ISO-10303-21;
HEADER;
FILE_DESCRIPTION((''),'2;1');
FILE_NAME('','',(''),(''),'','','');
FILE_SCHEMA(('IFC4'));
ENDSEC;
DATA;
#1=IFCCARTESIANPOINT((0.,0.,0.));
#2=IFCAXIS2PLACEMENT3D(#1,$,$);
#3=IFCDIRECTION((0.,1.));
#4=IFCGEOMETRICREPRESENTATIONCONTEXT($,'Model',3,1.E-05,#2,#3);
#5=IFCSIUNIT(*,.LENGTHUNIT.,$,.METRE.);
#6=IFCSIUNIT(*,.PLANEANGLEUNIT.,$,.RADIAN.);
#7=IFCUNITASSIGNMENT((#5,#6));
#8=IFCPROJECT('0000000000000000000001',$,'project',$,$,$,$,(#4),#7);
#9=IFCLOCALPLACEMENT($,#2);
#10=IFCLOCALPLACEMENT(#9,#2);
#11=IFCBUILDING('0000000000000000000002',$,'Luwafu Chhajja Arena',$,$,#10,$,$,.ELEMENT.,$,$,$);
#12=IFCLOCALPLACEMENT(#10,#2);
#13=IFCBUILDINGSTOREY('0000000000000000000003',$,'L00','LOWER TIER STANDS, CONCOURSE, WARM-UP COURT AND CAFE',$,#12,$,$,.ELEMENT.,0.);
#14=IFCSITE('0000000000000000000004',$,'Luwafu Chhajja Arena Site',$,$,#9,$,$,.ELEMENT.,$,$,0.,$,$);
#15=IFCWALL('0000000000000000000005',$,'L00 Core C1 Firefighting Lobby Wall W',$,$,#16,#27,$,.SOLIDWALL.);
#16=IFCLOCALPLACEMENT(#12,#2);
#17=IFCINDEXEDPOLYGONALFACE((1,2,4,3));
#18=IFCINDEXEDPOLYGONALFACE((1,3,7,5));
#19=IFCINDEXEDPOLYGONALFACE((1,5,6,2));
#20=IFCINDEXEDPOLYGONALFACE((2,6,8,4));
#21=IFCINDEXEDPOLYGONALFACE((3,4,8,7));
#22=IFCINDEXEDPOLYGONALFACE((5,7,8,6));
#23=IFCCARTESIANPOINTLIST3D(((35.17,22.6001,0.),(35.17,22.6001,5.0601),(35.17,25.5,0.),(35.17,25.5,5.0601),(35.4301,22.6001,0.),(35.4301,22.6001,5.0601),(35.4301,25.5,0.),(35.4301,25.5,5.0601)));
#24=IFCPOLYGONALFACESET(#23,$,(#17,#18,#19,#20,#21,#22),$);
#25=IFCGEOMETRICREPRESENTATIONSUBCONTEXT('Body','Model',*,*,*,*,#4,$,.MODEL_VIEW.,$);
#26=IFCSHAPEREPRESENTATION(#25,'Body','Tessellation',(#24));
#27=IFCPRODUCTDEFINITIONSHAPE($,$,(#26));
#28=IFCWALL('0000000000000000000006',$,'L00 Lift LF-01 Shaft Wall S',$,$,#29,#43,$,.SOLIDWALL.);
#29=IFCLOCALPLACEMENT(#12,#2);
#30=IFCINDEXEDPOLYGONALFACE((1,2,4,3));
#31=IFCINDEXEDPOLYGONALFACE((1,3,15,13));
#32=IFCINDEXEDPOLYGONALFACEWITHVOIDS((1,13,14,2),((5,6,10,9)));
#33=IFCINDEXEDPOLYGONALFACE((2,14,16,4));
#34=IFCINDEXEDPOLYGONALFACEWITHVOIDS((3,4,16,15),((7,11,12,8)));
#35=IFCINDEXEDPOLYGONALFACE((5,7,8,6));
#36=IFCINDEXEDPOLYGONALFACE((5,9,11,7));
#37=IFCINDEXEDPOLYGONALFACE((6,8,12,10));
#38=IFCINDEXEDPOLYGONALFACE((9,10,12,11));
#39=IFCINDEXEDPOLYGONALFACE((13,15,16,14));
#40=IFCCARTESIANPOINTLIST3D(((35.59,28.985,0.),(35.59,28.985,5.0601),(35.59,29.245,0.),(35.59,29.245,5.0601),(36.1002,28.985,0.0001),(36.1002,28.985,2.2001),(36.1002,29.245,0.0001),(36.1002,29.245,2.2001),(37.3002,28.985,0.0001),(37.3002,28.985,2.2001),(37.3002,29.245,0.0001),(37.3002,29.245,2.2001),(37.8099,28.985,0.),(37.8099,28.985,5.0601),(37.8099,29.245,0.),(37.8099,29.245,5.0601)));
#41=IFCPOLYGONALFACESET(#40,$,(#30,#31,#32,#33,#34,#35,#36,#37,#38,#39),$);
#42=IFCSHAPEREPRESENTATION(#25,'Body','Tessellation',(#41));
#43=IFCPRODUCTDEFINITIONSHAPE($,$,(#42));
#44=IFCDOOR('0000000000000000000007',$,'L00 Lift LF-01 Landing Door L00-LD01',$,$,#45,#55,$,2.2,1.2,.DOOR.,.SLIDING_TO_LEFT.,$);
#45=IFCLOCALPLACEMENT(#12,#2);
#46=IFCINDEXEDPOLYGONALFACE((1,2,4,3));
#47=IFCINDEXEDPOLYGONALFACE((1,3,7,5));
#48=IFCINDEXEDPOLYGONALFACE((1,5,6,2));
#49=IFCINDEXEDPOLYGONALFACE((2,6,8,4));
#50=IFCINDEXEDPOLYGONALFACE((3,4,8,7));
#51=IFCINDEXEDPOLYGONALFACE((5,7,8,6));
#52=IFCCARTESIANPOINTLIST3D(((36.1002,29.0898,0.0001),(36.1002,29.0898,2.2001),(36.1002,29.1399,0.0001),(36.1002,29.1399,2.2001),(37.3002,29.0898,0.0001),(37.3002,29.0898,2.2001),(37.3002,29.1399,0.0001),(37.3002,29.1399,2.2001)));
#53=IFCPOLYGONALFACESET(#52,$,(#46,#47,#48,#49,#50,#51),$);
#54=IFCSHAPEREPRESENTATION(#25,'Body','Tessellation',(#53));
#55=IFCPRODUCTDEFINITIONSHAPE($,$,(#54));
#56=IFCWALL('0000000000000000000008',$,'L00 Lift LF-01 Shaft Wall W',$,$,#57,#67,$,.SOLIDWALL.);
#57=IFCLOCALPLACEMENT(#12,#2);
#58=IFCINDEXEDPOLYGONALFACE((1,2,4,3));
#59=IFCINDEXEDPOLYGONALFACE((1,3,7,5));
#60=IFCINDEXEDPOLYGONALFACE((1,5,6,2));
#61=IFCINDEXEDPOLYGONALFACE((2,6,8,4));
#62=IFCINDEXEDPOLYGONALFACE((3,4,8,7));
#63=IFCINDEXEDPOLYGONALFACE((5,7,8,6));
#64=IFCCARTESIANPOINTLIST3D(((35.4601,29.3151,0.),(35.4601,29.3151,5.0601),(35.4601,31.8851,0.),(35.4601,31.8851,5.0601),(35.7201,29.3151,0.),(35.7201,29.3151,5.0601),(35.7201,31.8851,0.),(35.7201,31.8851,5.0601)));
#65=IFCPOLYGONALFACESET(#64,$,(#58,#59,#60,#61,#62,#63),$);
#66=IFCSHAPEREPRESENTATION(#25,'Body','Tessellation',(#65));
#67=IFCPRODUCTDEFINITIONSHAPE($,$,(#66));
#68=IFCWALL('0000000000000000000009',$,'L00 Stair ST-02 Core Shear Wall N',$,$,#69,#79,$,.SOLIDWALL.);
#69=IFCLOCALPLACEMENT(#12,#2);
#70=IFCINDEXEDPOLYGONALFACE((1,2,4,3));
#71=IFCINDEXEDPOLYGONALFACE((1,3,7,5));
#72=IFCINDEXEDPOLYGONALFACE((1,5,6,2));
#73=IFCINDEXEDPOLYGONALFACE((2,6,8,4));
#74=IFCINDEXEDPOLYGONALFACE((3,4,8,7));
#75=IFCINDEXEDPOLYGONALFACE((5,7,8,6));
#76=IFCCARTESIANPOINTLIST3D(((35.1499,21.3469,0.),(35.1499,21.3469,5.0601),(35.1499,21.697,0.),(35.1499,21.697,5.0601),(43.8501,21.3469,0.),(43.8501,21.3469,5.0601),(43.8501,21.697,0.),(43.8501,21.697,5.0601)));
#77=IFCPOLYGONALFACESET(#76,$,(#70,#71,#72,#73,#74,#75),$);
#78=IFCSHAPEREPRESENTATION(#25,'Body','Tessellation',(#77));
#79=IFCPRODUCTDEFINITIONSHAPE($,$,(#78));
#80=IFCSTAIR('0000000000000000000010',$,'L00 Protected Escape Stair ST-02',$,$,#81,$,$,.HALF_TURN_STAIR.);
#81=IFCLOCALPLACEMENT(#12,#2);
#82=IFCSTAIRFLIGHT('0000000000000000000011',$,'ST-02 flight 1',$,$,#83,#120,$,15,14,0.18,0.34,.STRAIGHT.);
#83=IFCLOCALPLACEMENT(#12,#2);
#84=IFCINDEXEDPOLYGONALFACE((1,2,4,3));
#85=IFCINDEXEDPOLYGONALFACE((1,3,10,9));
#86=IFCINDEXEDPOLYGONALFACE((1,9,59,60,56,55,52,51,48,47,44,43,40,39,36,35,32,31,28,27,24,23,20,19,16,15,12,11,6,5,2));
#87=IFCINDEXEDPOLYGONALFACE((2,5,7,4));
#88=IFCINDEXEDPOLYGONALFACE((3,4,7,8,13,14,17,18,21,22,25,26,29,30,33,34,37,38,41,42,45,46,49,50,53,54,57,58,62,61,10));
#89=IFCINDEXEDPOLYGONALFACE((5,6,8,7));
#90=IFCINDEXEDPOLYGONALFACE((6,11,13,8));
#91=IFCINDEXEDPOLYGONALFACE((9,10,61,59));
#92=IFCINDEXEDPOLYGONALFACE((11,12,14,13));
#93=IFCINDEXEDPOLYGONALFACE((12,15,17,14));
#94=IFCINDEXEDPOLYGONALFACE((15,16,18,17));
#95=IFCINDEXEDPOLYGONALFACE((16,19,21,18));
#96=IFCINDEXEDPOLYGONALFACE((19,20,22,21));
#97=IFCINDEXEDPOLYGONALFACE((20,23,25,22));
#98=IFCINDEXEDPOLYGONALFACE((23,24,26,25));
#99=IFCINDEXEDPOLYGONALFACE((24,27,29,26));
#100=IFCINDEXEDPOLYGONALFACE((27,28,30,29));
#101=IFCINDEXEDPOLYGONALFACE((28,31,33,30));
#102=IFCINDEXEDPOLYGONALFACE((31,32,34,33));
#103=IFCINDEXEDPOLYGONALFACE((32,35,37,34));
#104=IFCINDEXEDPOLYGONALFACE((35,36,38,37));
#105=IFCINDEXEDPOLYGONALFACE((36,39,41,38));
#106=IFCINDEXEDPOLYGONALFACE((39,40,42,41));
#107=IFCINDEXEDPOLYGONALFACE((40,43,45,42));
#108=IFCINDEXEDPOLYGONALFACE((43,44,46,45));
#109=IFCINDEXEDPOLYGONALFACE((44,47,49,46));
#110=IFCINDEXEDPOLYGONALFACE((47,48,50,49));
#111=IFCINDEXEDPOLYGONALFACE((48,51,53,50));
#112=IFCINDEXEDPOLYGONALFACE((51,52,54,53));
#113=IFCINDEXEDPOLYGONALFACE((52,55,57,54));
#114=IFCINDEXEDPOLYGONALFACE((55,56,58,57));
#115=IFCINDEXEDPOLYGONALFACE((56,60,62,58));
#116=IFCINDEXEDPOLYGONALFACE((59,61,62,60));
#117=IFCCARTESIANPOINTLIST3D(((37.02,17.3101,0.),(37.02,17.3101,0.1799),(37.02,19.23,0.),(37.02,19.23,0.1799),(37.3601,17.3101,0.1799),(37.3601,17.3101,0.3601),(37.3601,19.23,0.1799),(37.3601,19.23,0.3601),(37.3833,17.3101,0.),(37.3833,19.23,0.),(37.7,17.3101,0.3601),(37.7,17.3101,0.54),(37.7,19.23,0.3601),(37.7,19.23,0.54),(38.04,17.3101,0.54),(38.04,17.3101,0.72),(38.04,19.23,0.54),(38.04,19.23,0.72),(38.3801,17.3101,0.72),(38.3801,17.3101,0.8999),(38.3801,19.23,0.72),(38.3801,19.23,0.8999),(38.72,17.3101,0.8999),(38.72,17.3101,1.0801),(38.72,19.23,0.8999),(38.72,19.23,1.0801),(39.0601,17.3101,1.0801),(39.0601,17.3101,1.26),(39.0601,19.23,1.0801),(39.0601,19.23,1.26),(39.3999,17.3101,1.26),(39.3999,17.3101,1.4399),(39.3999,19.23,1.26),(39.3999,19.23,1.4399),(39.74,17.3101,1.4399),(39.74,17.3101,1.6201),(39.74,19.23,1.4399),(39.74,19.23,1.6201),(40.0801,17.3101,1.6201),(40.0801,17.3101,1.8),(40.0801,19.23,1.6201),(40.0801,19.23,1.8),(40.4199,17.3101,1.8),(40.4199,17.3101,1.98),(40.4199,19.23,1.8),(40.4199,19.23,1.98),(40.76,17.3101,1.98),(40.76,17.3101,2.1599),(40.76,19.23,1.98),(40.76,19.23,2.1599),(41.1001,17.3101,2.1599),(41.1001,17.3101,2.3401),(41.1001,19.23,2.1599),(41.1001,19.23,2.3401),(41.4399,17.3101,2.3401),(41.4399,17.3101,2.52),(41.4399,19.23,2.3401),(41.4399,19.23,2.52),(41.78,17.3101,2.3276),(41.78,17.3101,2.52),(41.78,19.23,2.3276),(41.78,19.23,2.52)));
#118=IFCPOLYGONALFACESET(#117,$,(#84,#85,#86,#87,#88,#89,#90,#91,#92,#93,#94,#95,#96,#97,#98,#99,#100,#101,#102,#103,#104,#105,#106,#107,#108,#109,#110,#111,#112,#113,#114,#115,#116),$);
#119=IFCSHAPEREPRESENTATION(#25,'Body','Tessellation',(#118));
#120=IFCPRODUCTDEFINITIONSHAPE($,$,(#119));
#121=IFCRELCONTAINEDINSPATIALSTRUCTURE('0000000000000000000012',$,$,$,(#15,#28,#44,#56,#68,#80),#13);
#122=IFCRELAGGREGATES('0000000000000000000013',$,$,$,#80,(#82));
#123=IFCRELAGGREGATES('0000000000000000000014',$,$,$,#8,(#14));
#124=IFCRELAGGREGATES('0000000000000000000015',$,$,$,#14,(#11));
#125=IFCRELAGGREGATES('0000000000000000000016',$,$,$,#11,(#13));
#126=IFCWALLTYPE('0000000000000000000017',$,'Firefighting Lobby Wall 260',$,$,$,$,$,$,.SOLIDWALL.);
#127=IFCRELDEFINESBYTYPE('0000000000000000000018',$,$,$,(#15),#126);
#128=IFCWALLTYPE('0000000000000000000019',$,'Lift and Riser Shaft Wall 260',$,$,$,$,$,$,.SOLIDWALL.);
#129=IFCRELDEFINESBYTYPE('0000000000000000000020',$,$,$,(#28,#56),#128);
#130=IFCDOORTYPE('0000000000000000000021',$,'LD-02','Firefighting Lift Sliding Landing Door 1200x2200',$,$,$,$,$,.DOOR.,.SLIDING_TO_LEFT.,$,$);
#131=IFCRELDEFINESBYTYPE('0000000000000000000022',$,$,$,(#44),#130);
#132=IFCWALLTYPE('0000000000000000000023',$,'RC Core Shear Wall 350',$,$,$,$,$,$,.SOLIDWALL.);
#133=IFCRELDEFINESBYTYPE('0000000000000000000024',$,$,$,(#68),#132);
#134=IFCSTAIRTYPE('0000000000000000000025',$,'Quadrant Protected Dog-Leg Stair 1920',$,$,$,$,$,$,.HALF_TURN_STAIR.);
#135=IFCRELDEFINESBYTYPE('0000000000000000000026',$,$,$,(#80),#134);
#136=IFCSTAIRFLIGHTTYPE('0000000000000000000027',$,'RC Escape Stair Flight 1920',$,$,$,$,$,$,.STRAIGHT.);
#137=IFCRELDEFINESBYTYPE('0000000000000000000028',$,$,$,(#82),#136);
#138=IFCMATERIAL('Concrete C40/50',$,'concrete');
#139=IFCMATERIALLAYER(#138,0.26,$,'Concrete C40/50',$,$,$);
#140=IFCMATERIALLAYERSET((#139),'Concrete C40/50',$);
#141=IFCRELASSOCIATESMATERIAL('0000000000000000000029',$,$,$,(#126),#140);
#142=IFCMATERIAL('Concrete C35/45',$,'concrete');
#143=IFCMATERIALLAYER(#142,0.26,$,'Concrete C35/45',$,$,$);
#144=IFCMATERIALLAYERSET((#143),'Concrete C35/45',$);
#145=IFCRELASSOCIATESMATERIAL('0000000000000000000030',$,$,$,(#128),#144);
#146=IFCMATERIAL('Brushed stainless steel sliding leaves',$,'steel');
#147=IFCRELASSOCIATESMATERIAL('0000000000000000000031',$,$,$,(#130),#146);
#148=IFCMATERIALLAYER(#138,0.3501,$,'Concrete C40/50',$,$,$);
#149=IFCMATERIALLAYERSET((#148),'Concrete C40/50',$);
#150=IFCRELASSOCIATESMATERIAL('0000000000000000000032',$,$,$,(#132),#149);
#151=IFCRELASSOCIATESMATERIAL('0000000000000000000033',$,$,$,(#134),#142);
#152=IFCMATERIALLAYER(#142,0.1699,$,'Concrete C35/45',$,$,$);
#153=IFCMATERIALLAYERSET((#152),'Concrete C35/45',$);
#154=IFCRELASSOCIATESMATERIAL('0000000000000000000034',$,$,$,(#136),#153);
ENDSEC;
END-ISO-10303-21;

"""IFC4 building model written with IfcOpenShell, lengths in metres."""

from ifc_helpers import new_model, si_unit, direction, frame, frame_2d, origin, place, context, subcontext, project, spatial, polyline, rectangle, outline, extrude, material, layer, layer_set, type_object, element, fill, aggregate, save


model = new_model("IFC4")

# Units and contexts
model_context = context("Model", 3, precision=1e-05, world=origin(), true_north=direction((0.0, 1.0)))
body_context = subcontext(model_context, "Body", "Model", "MODEL_VIEW")
ifc_project = project(units=[si_unit("LENGTHUNIT", "METRE"), si_unit("PLANEANGLEUNIT", "RADIAN")], contexts=[model_context])

# Site, building, storey
site_placement = place(None, origin())
site = spatial("IfcSite", under=ifc_project, at=site_placement, Name="Luwafu Chhajja Arena Site", CompositionType="ELEMENT", RefElevation=0.0)
building_placement = place(site_placement, origin())
building = spatial("IfcBuilding", under=site, at=building_placement, Name="Luwafu Chhajja Arena", CompositionType="ELEMENT")
storey_placement = place(building_placement, origin())
storey = spatial("IfcBuildingStorey", under=building, at=storey_placement, Name="L00", Description="LOWER TIER STANDS, CONCOURSE, WARM-UP COURT AND CAFE", CompositionType="ELEMENT", Elevation=0.0)

# Shared definitions
ifc_material_1 = material(Name="Concrete C35/45", Category="concrete")

# Shared definitions
ifc_material_2 = material(Name="Concrete C40/50", Category="concrete")
ifc_layer_1 = layer(ifc_material_2, 0.26, Name="Concrete C40/50")
ifc_layer_set_1 = layer_set([ifc_layer_1], Name="Concrete C40/50")
wall_type_1 = type_object("IfcWallType", Name="Firefighting Lobby Wall 260", PredefinedType="SOLIDWALL", material=ifc_layer_set_1)

# Wall
wall_1_placement = place(storey_placement, frame((35.3, 22.6001, 0.0), z_axis=(0.0, 0.0, 1.0), x_axis=(0.0, 1.0, 0.0)))
element("IfcWall", 1, at=wall_1_placement, inside=storey, type_object=wall_type_1, Name="L00 Core C1 Firefighting Lobby Wall W", PredefinedType="SOLIDWALL", context=body_context, shape_type="SweptSolid", body=[
    extrude(rectangle(XDim=2.8999, YDim=0.26, at=frame_2d((1.45, 0.0))), origin(), (0.0, 0.0, 1.0), 5.0601),
])

# Wall, opening, door
ifc_layer_2 = layer(ifc_material_1, 0.26, Name="Concrete C35/45")
ifc_layer_set_2 = layer_set([ifc_layer_2], Name="Concrete C35/45")
wall_type_2 = type_object("IfcWallType", Name="Lift and Riser Shaft Wall 260", PredefinedType="SOLIDWALL", material=ifc_layer_set_2)
wall_2_placement = place(storey_placement, frame((35.5901, 29.115, 0.0), z_axis=(0.0, 0.0, 1.0), x_axis=(1.0, 0.0, 0.0)))
wall_2 = element("IfcWall", 2, at=wall_2_placement, inside=storey, type_object=wall_type_2, Name="L00 Lift LF-01 Shaft Wall S", PredefinedType="SOLIDWALL", context=body_context, shape_type="SweptSolid", body=[
    extrude(rectangle(XDim=2.22, YDim=0.26, at=frame_2d((1.1099, 0.0))), origin(), (0.0, 0.0, 1.0), 5.0601),
])
opening_1_placement = place(wall_2_placement, frame((0.51, 0.0, 0.0)))
opening_1 = element("IfcOpeningElement", 3, at=opening_1_placement, cuts=wall_2, PredefinedType="OPENING", context=body_context, shape_type="SweptSolid", body=[
    extrude(rectangle(XDim=1.2, YDim=2.2, at=frame_2d((0.6001, 1.1001))), frame((0.0, 0.1399, 0.0), z_axis=(0.0, -1.0, 0.0), x_axis=(1.0, 0.0, 0.0)), (0.0, 0.0, 1.0), 0.28),
])
ifc_material_3 = material(Name="Brushed stainless steel sliding leaves", Category="steel")
door_type_1 = type_object("IfcDoorType", Name="LD-02", Description="Firefighting Lift Sliding Landing Door 1200x2200", OperationType="SLIDING_TO_LEFT", PredefinedType="DOOR", material=ifc_material_3)
door_1_placement = place(opening_1_placement, origin())
door_1 = element("IfcDoor", 4, at=door_1_placement, inside=storey, type_object=door_type_1, Name="L00 Lift LF-01 Landing Door L00-LD01", OperationType="SLIDING_TO_LEFT", OverallHeight=2.2, OverallWidth=1.2, PredefinedType="DOOR", context=body_context, shape_type="SweptSolid", body=[
    extrude(rectangle(XDim=1.2, YDim=2.2, at=frame_2d((0.6001, 1.1001))), frame((0.0, 0.0249, 0.0), z_axis=(0.0, -1.0, 0.0), x_axis=(1.0, 0.0, 0.0)), (0.0, 0.0, 1.0), 0.05),
])
fill(opening_1, door_1)

# Walls
wall_3_placement = place(storey_placement, frame((35.5901, 29.3149, 0.0), z_axis=(0.0, 0.0, 1.0), x_axis=(0.0, 1.0, 0.0)))
element("IfcWall", 5, at=wall_3_placement, inside=storey, type_object=wall_type_2, Name="L00 Lift LF-01 Shaft Wall W", PredefinedType="SOLIDWALL", context=body_context, shape_type="SweptSolid", body=[
    extrude(rectangle(XDim=2.5701, YDim=0.26, at=frame_2d((1.2852, 0.0))), origin(), (0.0, 0.0, 1.0), 5.0601),
])
ifc_layer_3 = layer(ifc_material_2, 0.3501, Name="Concrete C40/50")
ifc_layer_set_3 = layer_set([ifc_layer_3], Name="Concrete C40/50")
wall_type_3 = type_object("IfcWallType", Name="RC Core Shear Wall 350", PredefinedType="SOLIDWALL", material=ifc_layer_set_3)
wall_4_placement = place(storey_placement, frame((35.1499, 21.522, 0.0), z_axis=(0.0, 0.0, 1.0), x_axis=(1.0, 0.0, 0.0)))
element("IfcWall", 6, at=wall_4_placement, inside=storey, type_object=wall_type_3, Name="L00 Stair ST-02 Core Shear Wall N", PredefinedType="SOLIDWALL", context=body_context, shape_type="SweptSolid", body=[
    extrude(rectangle(XDim=8.7002, YDim=0.3501, at=frame_2d((4.3501, 0.0))), origin(), (0.0, 0.0, 1.0), 5.0601),
])

# Stair, stair flight
stair_type = type_object("IfcStairType", Name="Quadrant Protected Dog-Leg Stair 1920", PredefinedType="HALF_TURN_STAIR", material=ifc_material_1)
stair_placement = place(storey_placement, origin())
stair = element("IfcStair", 7, at=stair_placement, inside=storey, type_object=stair_type, Name="L00 Protected Escape Stair ST-02", PredefinedType="HALF_TURN_STAIR")
ifc_layer_4 = layer(ifc_material_1, 0.1699, Name="Concrete C35/45")
ifc_layer_set_4 = layer_set([ifc_layer_4], Name="Concrete C35/45")
stair_flight_type = type_object("IfcStairFlightType", Name="RC Escape Stair Flight 1920", PredefinedType="STRAIGHT", material=ifc_layer_set_4)
stair_flight_placement = place(storey_placement, frame((37.02, 18.27, 0.0), z_axis=(0.0, 0.0, 1.0), x_axis=(1.0, 0.0, 0.0)))
stair_flight = element("IfcStairFlight", 8, at=stair_flight_placement, type_object=stair_flight_type, Name="ST-02 flight 1", NumberOfRisers=15, NumberOfTreads=14, PredefinedType="STRAIGHT", RiserHeight=0.18, TreadLength=0.34, context=body_context, shape_type="SweptSolid", body=[
    extrude(outline(polyline([(0.0, 0.0), (0.0, 0.1799), (0.3401, 0.1799), (0.3401, 0.3601), (0.6799, 0.3601), (0.6799, 0.54), (1.02, 0.54), (1.02, 0.72), (1.3601, 0.72), (1.3601, 0.8999), (1.7, 0.8999), (1.7, 1.0801), (2.04, 1.0801), (2.04, 1.26), (2.3799, 1.26), (2.3799, 1.4399), (2.72, 1.4399), (2.72, 1.6201), (3.0601, 1.6201), (3.0601, 1.8), (3.3999, 1.8), (3.3999, 1.98), (3.74, 1.98), (3.74, 2.1599), (4.0801, 2.1599), (4.0801, 2.3401), (4.4199, 2.3401), (4.4199, 2.52), (4.76, 2.52), (4.76, 2.7), (4.76, 2.3276), (0.3633, 0.0), (0.0, 0.0)])), frame((0.0, 0.96, 0.0), z_axis=(0.0, -1.0, 0.0), x_axis=(1.0, 0.0, 0.0)), (0.0, 0.0, 1.0), 1.9199),
])
aggregate(stair, [stair_flight])

save(model, "model.ifc")
